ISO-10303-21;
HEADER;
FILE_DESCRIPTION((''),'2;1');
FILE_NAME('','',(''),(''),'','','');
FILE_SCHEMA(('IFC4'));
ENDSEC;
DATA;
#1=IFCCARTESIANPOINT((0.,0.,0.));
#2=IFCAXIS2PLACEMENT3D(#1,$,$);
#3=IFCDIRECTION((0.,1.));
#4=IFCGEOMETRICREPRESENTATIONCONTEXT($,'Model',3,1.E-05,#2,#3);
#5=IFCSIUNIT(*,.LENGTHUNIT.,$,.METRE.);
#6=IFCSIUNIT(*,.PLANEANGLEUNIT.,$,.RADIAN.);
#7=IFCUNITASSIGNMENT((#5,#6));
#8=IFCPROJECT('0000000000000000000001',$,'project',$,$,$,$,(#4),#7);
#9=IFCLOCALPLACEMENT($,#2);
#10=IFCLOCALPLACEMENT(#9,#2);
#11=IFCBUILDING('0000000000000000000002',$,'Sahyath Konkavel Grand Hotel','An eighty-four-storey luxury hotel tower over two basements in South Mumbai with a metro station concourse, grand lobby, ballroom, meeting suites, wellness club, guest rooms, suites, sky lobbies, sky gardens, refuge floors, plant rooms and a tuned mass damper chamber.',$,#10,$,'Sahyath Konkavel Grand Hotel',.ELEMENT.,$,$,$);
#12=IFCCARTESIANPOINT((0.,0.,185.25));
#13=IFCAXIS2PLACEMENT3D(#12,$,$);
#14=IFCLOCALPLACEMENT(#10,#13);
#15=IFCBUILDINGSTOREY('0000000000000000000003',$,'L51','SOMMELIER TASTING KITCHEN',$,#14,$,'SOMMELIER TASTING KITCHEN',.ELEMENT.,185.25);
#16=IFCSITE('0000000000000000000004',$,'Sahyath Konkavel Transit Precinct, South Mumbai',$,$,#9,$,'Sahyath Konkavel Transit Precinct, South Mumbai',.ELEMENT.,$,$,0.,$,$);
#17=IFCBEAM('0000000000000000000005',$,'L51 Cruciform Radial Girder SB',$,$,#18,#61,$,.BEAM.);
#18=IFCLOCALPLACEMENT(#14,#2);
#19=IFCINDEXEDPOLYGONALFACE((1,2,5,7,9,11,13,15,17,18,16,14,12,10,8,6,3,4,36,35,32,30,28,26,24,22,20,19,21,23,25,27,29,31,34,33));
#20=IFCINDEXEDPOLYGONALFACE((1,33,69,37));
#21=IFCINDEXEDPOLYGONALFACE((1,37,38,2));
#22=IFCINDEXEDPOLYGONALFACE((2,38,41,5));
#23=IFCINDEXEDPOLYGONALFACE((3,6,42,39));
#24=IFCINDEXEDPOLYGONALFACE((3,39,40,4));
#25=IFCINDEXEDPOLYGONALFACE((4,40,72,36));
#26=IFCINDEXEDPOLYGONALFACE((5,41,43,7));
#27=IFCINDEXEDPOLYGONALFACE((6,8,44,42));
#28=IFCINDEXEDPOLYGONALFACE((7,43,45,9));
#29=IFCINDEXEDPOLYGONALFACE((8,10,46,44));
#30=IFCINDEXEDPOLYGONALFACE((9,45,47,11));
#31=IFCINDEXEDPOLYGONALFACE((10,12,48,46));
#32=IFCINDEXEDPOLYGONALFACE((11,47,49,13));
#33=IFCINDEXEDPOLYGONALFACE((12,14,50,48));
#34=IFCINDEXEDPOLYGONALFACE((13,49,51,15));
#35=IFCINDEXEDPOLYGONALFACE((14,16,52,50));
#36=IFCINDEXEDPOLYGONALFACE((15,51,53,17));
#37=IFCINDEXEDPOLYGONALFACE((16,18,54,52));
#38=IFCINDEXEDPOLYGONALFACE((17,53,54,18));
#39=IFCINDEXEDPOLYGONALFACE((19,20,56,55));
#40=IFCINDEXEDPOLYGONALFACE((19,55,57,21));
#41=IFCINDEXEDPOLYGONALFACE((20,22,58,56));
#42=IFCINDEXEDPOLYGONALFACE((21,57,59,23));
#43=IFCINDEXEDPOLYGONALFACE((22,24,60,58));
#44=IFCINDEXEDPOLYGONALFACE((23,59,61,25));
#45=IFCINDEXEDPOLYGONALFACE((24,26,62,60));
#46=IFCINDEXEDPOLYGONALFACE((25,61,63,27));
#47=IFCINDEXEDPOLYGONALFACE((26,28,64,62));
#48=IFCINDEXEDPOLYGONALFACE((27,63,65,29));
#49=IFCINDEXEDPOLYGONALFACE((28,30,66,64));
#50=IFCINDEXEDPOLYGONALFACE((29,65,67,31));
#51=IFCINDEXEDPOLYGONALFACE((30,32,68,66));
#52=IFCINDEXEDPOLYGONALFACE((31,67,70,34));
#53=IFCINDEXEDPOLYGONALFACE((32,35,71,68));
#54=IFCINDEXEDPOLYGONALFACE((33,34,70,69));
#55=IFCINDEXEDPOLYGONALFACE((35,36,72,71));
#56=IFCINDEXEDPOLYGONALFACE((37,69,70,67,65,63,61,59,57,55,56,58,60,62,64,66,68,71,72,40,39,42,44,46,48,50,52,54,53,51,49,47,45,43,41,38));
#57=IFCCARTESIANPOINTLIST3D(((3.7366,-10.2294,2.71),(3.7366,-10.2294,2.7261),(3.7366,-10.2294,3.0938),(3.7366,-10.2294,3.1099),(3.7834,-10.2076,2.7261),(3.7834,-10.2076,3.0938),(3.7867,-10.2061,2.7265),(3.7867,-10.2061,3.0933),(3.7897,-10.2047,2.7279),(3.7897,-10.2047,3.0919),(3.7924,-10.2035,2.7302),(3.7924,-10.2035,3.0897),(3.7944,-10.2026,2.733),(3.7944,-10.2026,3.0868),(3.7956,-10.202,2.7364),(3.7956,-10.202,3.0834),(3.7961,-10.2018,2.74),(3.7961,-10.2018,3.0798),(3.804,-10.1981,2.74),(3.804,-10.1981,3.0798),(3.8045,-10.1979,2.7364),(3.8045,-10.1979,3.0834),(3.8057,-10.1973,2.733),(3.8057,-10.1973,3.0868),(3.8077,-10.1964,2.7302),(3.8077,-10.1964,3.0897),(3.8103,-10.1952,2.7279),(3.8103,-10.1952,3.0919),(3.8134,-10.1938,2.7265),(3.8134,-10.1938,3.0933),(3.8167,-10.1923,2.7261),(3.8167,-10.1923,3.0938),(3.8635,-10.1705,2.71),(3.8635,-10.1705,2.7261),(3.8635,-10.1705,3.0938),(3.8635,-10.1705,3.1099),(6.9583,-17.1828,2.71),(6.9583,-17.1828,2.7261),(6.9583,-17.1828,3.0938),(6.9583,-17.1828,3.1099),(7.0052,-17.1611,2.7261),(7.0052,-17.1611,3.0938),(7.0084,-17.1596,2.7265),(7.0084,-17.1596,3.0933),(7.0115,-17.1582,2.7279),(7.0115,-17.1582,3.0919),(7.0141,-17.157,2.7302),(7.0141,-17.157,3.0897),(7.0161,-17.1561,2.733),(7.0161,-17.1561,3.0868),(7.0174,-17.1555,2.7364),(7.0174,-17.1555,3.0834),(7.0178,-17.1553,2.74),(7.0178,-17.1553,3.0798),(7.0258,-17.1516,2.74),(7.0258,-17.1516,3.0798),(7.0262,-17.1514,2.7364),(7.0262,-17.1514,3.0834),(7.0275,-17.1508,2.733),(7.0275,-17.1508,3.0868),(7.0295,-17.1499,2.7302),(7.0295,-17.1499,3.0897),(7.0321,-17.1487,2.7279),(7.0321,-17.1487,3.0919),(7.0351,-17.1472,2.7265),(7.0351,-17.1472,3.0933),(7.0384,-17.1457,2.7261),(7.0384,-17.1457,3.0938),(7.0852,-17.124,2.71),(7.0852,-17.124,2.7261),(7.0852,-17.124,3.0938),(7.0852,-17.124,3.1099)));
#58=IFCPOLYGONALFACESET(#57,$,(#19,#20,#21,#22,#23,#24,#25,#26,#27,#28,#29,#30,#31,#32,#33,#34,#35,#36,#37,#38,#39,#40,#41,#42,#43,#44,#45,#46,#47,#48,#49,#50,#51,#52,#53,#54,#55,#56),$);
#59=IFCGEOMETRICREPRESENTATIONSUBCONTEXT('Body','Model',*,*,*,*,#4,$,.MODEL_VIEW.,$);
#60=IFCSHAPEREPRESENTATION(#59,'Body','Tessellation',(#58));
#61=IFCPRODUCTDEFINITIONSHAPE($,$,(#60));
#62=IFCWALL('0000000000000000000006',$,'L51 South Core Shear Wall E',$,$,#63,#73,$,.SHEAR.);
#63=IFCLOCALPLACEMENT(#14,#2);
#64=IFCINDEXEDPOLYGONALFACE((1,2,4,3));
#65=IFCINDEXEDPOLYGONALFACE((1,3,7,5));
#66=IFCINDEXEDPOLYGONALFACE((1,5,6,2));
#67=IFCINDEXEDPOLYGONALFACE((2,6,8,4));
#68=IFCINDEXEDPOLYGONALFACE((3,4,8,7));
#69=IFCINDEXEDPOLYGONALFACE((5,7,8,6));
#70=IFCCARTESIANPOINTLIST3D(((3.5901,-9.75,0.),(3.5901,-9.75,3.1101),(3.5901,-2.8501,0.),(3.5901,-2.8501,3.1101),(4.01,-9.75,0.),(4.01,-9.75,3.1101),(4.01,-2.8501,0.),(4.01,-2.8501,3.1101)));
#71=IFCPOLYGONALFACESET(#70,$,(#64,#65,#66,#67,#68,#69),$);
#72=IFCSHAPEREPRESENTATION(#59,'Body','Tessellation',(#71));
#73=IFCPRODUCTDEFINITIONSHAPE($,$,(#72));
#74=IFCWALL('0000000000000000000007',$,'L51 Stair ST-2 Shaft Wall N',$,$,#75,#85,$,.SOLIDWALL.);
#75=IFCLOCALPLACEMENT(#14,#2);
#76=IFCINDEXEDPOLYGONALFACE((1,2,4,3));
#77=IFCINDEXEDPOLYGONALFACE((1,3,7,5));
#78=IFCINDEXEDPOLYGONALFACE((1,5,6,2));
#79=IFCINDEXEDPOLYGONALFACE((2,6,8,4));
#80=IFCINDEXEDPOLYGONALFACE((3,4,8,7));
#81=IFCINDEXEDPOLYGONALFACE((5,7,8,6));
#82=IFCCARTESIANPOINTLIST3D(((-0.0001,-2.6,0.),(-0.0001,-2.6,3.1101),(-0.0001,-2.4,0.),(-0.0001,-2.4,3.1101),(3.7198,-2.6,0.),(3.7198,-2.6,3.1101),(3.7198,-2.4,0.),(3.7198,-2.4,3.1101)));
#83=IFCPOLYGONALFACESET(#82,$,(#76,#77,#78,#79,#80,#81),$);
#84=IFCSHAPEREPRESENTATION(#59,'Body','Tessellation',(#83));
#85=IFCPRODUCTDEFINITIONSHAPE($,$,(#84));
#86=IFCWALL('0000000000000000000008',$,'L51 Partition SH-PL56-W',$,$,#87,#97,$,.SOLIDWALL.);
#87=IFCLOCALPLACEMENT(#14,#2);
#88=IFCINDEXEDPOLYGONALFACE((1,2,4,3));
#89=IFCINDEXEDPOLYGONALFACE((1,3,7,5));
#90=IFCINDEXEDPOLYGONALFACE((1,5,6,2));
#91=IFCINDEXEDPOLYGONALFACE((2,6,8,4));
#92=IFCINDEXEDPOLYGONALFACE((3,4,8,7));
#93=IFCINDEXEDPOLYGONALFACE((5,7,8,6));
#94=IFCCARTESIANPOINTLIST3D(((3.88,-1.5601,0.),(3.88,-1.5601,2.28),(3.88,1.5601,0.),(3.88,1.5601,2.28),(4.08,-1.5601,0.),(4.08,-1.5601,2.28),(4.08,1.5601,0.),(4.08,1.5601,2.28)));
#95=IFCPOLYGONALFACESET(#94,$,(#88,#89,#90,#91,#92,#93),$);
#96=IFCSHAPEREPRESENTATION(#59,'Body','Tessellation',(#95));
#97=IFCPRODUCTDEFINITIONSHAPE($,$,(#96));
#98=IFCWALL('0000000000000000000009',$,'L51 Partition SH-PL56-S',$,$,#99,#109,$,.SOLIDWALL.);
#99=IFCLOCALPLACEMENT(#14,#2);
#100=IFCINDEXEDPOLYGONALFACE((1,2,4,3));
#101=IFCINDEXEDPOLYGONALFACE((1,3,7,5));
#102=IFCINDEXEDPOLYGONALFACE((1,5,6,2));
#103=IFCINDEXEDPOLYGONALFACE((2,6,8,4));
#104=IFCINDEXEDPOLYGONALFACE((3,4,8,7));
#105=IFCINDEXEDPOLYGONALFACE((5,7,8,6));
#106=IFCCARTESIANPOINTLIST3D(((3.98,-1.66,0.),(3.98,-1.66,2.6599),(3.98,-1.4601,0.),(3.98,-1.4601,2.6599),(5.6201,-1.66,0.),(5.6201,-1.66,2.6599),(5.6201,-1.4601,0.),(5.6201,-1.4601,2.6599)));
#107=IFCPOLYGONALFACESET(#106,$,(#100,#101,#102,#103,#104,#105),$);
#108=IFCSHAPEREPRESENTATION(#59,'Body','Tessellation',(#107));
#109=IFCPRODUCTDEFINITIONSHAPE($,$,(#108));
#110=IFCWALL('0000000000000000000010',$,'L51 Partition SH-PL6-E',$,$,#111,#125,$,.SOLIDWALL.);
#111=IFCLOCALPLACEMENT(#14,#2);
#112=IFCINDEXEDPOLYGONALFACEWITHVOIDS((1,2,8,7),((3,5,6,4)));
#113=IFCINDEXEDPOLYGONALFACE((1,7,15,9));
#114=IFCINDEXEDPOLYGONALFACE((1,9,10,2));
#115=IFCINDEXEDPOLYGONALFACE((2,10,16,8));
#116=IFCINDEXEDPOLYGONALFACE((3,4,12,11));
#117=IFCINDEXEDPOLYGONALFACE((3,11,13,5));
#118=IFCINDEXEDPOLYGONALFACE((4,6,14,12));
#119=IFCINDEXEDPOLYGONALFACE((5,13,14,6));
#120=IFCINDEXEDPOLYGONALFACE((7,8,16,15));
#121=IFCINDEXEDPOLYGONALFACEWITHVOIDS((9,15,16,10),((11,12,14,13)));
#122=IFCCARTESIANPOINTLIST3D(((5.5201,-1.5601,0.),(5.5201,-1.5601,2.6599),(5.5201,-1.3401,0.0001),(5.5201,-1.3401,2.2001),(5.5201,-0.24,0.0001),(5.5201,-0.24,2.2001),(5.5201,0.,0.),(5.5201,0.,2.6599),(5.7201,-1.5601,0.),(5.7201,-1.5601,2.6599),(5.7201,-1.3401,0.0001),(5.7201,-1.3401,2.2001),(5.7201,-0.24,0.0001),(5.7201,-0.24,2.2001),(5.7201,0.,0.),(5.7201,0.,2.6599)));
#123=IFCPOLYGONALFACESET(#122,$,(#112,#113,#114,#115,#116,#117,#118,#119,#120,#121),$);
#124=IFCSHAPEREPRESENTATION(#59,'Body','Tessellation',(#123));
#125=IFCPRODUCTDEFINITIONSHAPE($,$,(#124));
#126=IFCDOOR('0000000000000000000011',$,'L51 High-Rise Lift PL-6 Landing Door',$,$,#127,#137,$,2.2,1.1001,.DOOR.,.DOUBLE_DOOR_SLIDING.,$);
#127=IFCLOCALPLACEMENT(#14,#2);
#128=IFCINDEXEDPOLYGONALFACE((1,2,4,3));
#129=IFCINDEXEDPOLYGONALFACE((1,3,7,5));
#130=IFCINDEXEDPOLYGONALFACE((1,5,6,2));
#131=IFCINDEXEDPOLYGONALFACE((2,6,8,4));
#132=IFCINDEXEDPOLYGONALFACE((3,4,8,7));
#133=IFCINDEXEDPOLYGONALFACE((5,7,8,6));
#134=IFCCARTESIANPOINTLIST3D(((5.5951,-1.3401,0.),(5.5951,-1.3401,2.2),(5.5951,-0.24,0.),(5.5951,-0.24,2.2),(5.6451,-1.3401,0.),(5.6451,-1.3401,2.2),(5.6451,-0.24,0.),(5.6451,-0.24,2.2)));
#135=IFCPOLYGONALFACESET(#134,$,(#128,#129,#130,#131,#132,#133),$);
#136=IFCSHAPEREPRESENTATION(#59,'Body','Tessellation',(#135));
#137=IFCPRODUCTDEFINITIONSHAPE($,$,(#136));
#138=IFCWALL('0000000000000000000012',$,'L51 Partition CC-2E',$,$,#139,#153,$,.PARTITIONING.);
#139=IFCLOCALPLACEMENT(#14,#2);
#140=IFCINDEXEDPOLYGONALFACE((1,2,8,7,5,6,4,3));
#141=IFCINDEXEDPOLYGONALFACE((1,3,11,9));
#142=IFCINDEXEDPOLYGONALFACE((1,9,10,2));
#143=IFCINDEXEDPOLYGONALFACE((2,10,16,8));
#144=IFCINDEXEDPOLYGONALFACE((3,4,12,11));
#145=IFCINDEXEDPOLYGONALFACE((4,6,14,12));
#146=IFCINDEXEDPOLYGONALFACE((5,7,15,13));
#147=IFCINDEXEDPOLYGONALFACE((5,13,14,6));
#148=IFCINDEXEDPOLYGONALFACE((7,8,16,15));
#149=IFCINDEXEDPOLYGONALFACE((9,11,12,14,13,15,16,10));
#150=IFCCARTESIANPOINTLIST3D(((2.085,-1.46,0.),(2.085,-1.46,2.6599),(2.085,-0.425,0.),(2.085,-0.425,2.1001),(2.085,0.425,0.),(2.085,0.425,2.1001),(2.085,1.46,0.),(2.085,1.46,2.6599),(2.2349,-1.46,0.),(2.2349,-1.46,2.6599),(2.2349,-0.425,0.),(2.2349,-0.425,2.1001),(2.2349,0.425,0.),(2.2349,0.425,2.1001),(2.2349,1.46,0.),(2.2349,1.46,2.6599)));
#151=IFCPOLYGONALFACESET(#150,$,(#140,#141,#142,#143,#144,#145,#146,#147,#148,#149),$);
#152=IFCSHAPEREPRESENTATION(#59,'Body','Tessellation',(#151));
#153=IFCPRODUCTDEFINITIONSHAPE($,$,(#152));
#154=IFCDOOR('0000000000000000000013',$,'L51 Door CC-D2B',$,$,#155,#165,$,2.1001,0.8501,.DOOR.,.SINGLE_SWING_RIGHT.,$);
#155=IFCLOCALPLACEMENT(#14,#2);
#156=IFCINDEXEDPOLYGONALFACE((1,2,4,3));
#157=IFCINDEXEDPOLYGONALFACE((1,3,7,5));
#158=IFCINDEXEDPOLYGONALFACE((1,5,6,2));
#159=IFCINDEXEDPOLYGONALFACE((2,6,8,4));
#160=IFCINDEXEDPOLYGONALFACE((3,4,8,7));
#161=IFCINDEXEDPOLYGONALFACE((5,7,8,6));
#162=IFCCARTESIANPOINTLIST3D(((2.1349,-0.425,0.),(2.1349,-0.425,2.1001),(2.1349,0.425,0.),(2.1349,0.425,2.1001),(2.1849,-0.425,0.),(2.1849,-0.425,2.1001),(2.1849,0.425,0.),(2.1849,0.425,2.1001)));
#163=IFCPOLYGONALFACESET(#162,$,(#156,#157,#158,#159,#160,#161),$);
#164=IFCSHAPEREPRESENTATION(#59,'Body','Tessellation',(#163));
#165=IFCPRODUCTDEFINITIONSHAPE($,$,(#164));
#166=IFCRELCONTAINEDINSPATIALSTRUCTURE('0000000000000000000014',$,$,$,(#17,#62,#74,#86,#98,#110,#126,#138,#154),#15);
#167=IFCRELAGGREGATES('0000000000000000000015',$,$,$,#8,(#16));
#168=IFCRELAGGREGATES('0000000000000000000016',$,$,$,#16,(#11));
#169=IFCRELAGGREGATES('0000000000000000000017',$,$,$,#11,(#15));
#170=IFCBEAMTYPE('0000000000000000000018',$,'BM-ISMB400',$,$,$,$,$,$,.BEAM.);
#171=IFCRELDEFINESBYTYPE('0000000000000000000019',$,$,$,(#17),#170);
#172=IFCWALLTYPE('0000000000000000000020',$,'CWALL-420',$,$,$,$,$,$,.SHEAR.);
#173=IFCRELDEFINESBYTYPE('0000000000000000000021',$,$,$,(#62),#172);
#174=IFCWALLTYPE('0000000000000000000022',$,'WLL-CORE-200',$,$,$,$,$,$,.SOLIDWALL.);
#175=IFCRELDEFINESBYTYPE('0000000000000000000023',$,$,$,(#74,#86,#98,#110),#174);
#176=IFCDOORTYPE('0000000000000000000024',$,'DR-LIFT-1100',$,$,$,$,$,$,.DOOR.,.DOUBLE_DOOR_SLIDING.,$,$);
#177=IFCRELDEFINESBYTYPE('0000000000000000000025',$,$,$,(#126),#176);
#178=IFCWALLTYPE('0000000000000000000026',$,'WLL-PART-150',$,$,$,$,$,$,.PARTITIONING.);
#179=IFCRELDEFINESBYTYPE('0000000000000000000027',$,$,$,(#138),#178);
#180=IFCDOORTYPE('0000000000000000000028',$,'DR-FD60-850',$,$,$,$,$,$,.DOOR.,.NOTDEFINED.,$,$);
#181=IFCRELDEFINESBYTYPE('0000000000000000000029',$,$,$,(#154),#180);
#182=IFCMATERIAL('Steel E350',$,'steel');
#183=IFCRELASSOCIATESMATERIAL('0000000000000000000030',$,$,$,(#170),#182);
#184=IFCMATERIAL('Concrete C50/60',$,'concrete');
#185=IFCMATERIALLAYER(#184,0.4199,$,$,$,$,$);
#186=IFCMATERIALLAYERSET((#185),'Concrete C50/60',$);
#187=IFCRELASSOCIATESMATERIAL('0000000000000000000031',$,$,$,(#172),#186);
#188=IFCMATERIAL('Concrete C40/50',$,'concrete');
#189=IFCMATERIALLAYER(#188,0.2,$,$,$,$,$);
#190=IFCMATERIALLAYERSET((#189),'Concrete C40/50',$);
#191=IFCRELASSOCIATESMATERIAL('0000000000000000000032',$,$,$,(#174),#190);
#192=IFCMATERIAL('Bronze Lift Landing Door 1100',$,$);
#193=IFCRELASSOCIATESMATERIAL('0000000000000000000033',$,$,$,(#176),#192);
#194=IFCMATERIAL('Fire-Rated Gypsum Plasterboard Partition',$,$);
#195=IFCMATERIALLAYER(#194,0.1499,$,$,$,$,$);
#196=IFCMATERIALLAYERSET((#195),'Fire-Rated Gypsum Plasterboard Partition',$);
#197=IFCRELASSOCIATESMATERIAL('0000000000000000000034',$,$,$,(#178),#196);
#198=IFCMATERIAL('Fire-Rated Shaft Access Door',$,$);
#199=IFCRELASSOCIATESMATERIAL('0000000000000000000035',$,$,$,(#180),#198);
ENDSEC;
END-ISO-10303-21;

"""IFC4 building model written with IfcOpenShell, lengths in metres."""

from ifc_helpers import new_model, si_unit, direction, frame, frame_2d, origin, origin_2d, place, context, subcontext, project, spatial, rectangle, i_section, extrude, source, transform, mapped, material, layer, layer_set, material_profile, profile_set, type_object, element, fill, save


model = new_model("IFC4")

# Units and contexts
model_context = context("Model", 3, precision=1e-05, world=origin(), true_north=direction((0.0, 1.0)))
body_context = subcontext(model_context, "Body", "Model", "MODEL_VIEW")
ifc_project = project(units=[si_unit("LENGTHUNIT", "METRE"), si_unit("PLANEANGLEUNIT", "RADIAN")], contexts=[model_context])

# Site, building, storey
site_placement = place(None, origin())
site = spatial("IfcSite", under=ifc_project, at=site_placement, Name="Sahyath Konkavel Transit Precinct, South Mumbai", LongName="Sahyath Konkavel Transit Precinct, South Mumbai", CompositionType="ELEMENT", RefElevation=0.0)
building_placement = place(site_placement, origin())
building = spatial("IfcBuilding", under=site, at=building_placement, Name="Sahyath Konkavel Grand Hotel", Description="An eighty-four-storey luxury hotel tower over two basements in South Mumbai with a metro station concourse, grand lobby, ballroom, meeting suites, wellness club, guest rooms, suites, sky lobbies, sky gardens, refuge floors, plant rooms and a tuned mass damper chamber.", LongName="Sahyath Konkavel Grand Hotel", CompositionType="ELEMENT")
storey_placement = place(building_placement, frame((0.0, 0.0, 185.25)))
storey = spatial("IfcBuildingStorey", under=building, at=storey_placement, Name="L51", Description="SOMMELIER TASTING KITCHEN", LongName="SOMMELIER TASTING KITCHEN", CompositionType="ELEMENT", Elevation=185.25)

# Shared definitions
ifc_material_1 = material(Name="Concrete C50/60", Category="concrete")

# Beam
ifc_material_2 = material(Name="Steel E350", Category="steel")
ifc_material_profile_1 = material_profile(ifc_material_2, i_section(OverallWidth=0.1399, OverallDepth=0.3999, WebThickness=0.0088, FlangeThickness=0.0161, FilletRadius=0.0139, at=origin_2d()), Name="ISMB 400")
ifc_profile_set_1 = profile_set([ifc_material_profile_1], Name="Steel E350")
beam_type_1 = type_object("IfcBeamType", Name="BM-ISMB400", PredefinedType="BEAM", material=ifc_profile_set_1)
shared_shape_1 = source(origin(), body_context, "Body", "SweptSolid", [
    extrude(i_section(OverallWidth=0.1399, OverallDepth=0.3999, WebThickness=0.0088, FlangeThickness=0.0161, FilletRadius=0.0139, at=origin_2d()), origin(), (0.0, 0.0, 1.0), 7.6636),
])
beam_1_placement = place(storey_placement, frame((3.8, -10.2, 2.9099), z_axis=(0.420395, -0.907341, 0.0), x_axis=(0.907341, 0.420395, 0.0)))
element("IfcBeam", 1, at=beam_1_placement, inside=storey, type_object=beam_type_1, Name="L51 Cruciform Radial Girder SB", PredefinedType="BEAM", context=body_context, shape_type="MappedRepresentation", body=[
    mapped(shared_shape_1, transform((0.0, 0.0, 0.0), scale=1.0)),
])

# Walls
ifc_layer_1 = layer(ifc_material_1, 0.4199)
ifc_layer_set_1 = layer_set([ifc_layer_1], Name="Concrete C50/60")
wall_type_1 = type_object("IfcWallType", Name="CWALL-420", PredefinedType="SHEAR", material=ifc_layer_set_1)
wall_1_placement = place(storey_placement, frame((3.8, -9.75, 0.0), z_axis=(0.0, 0.0, 1.0), x_axis=(0.0, 1.0, 0.0)))
element("IfcWall", 2, at=wall_1_placement, inside=storey, type_object=wall_type_1, Name="L51 South Core Shear Wall E", PredefinedType="SHEAR", context=body_context, shape_type="SweptSolid", body=[
    extrude(rectangle(XDim=6.8999, YDim=0.4199, at=frame_2d((3.45, 0.0))), origin(), (0.0, 0.0, 1.0), 3.1101),
])
ifc_material_3 = material(Name="Concrete C40/50", Category="concrete")
ifc_layer_2 = layer(ifc_material_3, 0.2)
ifc_layer_set_2 = layer_set([ifc_layer_2], Name="Concrete C40/50")
wall_type_2 = type_object("IfcWallType", Name="WLL-CORE-200", PredefinedType="SOLIDWALL", material=ifc_layer_set_2)
wall_2_placement = place(storey_placement, frame((0.0, -2.5, 0.0), z_axis=(0.0, 0.0, 1.0), x_axis=(1.0, 0.0, 0.0)))
element("IfcWall", 3, at=wall_2_placement, inside=storey, type_object=wall_type_2, Name="L51 Stair ST-2 Shaft Wall N", PredefinedType="SOLIDWALL", context=body_context, shape_type="SweptSolid", body=[
    extrude(rectangle(XDim=3.72, YDim=0.2, at=frame_2d((1.8599, 0.0))), origin(), (0.0, 0.0, 1.0), 3.1101),
])
wall_3_placement = place(storey_placement, frame((3.98, -1.5601, 0.0), z_axis=(0.0, 0.0, 1.0), x_axis=(0.0, 1.0, 0.0)))
element("IfcWall", 4, at=wall_3_placement, inside=storey, type_object=wall_type_2, Name="L51 Partition SH-PL56-W", PredefinedType="SOLIDWALL", context=body_context, shape_type="SweptSolid", body=[
    extrude(rectangle(XDim=3.1201, YDim=0.2, at=frame_2d((1.5601, 0.0))), origin(), (0.0, 0.0, 1.0), 2.28),
])
wall_4_placement = place(storey_placement, frame((3.98, -1.5601, 0.0), z_axis=(0.0, 0.0, 1.0), x_axis=(1.0, 0.0, 0.0)))
element("IfcWall", 5, at=wall_4_placement, inside=storey, type_object=wall_type_2, Name="L51 Partition SH-PL56-S", PredefinedType="SOLIDWALL", context=body_context, shape_type="SweptSolid", body=[
    extrude(rectangle(XDim=1.6401, YDim=0.2, at=frame_2d((0.8201, 0.0))), origin(), (0.0, 0.0, 1.0), 2.6599),
])

# Walls, openings, doors
wall_5_placement = place(storey_placement, frame((5.6201, -1.5601, 0.0), z_axis=(0.0, 0.0, 1.0), x_axis=(0.0, 1.0, 0.0)))
wall_5 = element("IfcWall", 6, at=wall_5_placement, inside=storey, type_object=wall_type_2, Name="L51 Partition SH-PL6-E", PredefinedType="SOLIDWALL", context=body_context, shape_type="SweptSolid", body=[
    extrude(rectangle(XDim=1.5601, YDim=0.2, at=frame_2d((0.78, 0.0))), origin(), (0.0, 0.0, 1.0), 2.6599),
])
opening_1_placement = place(wall_5_placement, frame((0.22, 0.0, 0.0)))
opening_1 = element("IfcOpeningElement", 7, at=opening_1_placement, cuts=wall_5, PredefinedType="OPENING", context=body_context, shape_type="SweptSolid", body=[
    extrude(rectangle(XDim=1.1001, YDim=2.2, at=frame_2d((0.55, 1.1001))), frame((0.0, 0.1099, 0.0), z_axis=(0.0, -1.0, 0.0), x_axis=(1.0, 0.0, 0.0)), (0.0, 0.0, 1.0), 0.22),
])
ifc_material_4 = material(Name="Bronze Lift Landing Door 1100")
door_type_1 = type_object("IfcDoorType", Name="DR-LIFT-1100", OperationType="DOUBLE_DOOR_SLIDING", PredefinedType="DOOR", material=ifc_material_4)
shared_shape_2 = source(origin(), body_context, "Body", "SweptSolid", [
    extrude(rectangle(XDim=1.1001, YDim=0.05, at=origin_2d()), origin(), (0.0, 0.0, 1.0), 2.2),
])
door_1_placement = place(opening_1_placement, frame((0.55, 0.0, 0.0)))
door_1 = element("IfcDoor", 8, at=door_1_placement, inside=storey, type_object=door_type_1, Name="L51 High-Rise Lift PL-6 Landing Door", OperationType="DOUBLE_DOOR_SLIDING", OverallHeight=2.2, OverallWidth=1.1001, PredefinedType="DOOR", context=body_context, shape_type="MappedRepresentation", body=[
    mapped(shared_shape_2, transform((0.0, 0.0, 0.0), scale=1.0)),
])
fill(opening_1, door_1)
ifc_material_5 = material(Name="Fire-Rated Gypsum Plasterboard Partition")
ifc_layer_3 = layer(ifc_material_5, 0.1499)
ifc_layer_set_3 = layer_set([ifc_layer_3], Name="Fire-Rated Gypsum Plasterboard Partition")
wall_type_3 = type_object("IfcWallType", Name="WLL-PART-150", PredefinedType="PARTITIONING", material=ifc_layer_set_3)
wall_6_placement = place(storey_placement, frame((2.1599, -1.46, 0.0), z_axis=(0.0, 0.0, 1.0), x_axis=(0.0, 1.0, 0.0)))
wall_6 = element("IfcWall", 9, at=wall_6_placement, inside=storey, type_object=wall_type_3, Name="L51 Partition CC-2E", PredefinedType="PARTITIONING", context=body_context, shape_type="SweptSolid", body=[
    extrude(rectangle(XDim=2.9199, YDim=0.1499, at=frame_2d((1.46, 0.0))), origin(), (0.0, 0.0, 1.0), 2.6599),
])
opening_2_placement = place(wall_6_placement, frame((1.0349, 0.0, 0.0)))
opening_2 = element("IfcOpeningElement", 10, at=opening_2_placement, cuts=wall_6, PredefinedType="OPENING", context=body_context, shape_type="SweptSolid", body=[
    extrude(rectangle(XDim=0.8501, YDim=2.1001, at=frame_2d((0.425, 1.05))), frame((0.0, 0.085, 0.0), z_axis=(0.0, -1.0, 0.0), x_axis=(1.0, 0.0, 0.0)), (0.0, 0.0, 1.0), 0.1699),
])
ifc_material_6 = material(Name="Fire-Rated Shaft Access Door")
door_type_2 = type_object("IfcDoorType", Name="DR-FD60-850", OperationType="NOTDEFINED", PredefinedType="DOOR", material=ifc_material_6)
shared_shape_3 = source(origin(), body_context, "Body", "SweptSolid", [
    extrude(rectangle(XDim=0.8501, YDim=0.05, at=origin_2d()), origin(), (0.0, 0.0, 1.0), 2.1001),
])
door_2_placement = place(opening_2_placement, frame((0.425, 0.0, 0.0)))
door_2 = element("IfcDoor", 11, at=door_2_placement, inside=storey, type_object=door_type_2, Name="L51 Door CC-D2B", OperationType="SINGLE_SWING_RIGHT", OverallHeight=2.1001, OverallWidth=0.8501, PredefinedType="DOOR", context=body_context, shape_type="MappedRepresentation", body=[
    mapped(shared_shape_3, transform((0.0, 0.0, 0.0), scale=1.0)),
])
fill(opening_2, door_2)

save(model, "model.ifc")
